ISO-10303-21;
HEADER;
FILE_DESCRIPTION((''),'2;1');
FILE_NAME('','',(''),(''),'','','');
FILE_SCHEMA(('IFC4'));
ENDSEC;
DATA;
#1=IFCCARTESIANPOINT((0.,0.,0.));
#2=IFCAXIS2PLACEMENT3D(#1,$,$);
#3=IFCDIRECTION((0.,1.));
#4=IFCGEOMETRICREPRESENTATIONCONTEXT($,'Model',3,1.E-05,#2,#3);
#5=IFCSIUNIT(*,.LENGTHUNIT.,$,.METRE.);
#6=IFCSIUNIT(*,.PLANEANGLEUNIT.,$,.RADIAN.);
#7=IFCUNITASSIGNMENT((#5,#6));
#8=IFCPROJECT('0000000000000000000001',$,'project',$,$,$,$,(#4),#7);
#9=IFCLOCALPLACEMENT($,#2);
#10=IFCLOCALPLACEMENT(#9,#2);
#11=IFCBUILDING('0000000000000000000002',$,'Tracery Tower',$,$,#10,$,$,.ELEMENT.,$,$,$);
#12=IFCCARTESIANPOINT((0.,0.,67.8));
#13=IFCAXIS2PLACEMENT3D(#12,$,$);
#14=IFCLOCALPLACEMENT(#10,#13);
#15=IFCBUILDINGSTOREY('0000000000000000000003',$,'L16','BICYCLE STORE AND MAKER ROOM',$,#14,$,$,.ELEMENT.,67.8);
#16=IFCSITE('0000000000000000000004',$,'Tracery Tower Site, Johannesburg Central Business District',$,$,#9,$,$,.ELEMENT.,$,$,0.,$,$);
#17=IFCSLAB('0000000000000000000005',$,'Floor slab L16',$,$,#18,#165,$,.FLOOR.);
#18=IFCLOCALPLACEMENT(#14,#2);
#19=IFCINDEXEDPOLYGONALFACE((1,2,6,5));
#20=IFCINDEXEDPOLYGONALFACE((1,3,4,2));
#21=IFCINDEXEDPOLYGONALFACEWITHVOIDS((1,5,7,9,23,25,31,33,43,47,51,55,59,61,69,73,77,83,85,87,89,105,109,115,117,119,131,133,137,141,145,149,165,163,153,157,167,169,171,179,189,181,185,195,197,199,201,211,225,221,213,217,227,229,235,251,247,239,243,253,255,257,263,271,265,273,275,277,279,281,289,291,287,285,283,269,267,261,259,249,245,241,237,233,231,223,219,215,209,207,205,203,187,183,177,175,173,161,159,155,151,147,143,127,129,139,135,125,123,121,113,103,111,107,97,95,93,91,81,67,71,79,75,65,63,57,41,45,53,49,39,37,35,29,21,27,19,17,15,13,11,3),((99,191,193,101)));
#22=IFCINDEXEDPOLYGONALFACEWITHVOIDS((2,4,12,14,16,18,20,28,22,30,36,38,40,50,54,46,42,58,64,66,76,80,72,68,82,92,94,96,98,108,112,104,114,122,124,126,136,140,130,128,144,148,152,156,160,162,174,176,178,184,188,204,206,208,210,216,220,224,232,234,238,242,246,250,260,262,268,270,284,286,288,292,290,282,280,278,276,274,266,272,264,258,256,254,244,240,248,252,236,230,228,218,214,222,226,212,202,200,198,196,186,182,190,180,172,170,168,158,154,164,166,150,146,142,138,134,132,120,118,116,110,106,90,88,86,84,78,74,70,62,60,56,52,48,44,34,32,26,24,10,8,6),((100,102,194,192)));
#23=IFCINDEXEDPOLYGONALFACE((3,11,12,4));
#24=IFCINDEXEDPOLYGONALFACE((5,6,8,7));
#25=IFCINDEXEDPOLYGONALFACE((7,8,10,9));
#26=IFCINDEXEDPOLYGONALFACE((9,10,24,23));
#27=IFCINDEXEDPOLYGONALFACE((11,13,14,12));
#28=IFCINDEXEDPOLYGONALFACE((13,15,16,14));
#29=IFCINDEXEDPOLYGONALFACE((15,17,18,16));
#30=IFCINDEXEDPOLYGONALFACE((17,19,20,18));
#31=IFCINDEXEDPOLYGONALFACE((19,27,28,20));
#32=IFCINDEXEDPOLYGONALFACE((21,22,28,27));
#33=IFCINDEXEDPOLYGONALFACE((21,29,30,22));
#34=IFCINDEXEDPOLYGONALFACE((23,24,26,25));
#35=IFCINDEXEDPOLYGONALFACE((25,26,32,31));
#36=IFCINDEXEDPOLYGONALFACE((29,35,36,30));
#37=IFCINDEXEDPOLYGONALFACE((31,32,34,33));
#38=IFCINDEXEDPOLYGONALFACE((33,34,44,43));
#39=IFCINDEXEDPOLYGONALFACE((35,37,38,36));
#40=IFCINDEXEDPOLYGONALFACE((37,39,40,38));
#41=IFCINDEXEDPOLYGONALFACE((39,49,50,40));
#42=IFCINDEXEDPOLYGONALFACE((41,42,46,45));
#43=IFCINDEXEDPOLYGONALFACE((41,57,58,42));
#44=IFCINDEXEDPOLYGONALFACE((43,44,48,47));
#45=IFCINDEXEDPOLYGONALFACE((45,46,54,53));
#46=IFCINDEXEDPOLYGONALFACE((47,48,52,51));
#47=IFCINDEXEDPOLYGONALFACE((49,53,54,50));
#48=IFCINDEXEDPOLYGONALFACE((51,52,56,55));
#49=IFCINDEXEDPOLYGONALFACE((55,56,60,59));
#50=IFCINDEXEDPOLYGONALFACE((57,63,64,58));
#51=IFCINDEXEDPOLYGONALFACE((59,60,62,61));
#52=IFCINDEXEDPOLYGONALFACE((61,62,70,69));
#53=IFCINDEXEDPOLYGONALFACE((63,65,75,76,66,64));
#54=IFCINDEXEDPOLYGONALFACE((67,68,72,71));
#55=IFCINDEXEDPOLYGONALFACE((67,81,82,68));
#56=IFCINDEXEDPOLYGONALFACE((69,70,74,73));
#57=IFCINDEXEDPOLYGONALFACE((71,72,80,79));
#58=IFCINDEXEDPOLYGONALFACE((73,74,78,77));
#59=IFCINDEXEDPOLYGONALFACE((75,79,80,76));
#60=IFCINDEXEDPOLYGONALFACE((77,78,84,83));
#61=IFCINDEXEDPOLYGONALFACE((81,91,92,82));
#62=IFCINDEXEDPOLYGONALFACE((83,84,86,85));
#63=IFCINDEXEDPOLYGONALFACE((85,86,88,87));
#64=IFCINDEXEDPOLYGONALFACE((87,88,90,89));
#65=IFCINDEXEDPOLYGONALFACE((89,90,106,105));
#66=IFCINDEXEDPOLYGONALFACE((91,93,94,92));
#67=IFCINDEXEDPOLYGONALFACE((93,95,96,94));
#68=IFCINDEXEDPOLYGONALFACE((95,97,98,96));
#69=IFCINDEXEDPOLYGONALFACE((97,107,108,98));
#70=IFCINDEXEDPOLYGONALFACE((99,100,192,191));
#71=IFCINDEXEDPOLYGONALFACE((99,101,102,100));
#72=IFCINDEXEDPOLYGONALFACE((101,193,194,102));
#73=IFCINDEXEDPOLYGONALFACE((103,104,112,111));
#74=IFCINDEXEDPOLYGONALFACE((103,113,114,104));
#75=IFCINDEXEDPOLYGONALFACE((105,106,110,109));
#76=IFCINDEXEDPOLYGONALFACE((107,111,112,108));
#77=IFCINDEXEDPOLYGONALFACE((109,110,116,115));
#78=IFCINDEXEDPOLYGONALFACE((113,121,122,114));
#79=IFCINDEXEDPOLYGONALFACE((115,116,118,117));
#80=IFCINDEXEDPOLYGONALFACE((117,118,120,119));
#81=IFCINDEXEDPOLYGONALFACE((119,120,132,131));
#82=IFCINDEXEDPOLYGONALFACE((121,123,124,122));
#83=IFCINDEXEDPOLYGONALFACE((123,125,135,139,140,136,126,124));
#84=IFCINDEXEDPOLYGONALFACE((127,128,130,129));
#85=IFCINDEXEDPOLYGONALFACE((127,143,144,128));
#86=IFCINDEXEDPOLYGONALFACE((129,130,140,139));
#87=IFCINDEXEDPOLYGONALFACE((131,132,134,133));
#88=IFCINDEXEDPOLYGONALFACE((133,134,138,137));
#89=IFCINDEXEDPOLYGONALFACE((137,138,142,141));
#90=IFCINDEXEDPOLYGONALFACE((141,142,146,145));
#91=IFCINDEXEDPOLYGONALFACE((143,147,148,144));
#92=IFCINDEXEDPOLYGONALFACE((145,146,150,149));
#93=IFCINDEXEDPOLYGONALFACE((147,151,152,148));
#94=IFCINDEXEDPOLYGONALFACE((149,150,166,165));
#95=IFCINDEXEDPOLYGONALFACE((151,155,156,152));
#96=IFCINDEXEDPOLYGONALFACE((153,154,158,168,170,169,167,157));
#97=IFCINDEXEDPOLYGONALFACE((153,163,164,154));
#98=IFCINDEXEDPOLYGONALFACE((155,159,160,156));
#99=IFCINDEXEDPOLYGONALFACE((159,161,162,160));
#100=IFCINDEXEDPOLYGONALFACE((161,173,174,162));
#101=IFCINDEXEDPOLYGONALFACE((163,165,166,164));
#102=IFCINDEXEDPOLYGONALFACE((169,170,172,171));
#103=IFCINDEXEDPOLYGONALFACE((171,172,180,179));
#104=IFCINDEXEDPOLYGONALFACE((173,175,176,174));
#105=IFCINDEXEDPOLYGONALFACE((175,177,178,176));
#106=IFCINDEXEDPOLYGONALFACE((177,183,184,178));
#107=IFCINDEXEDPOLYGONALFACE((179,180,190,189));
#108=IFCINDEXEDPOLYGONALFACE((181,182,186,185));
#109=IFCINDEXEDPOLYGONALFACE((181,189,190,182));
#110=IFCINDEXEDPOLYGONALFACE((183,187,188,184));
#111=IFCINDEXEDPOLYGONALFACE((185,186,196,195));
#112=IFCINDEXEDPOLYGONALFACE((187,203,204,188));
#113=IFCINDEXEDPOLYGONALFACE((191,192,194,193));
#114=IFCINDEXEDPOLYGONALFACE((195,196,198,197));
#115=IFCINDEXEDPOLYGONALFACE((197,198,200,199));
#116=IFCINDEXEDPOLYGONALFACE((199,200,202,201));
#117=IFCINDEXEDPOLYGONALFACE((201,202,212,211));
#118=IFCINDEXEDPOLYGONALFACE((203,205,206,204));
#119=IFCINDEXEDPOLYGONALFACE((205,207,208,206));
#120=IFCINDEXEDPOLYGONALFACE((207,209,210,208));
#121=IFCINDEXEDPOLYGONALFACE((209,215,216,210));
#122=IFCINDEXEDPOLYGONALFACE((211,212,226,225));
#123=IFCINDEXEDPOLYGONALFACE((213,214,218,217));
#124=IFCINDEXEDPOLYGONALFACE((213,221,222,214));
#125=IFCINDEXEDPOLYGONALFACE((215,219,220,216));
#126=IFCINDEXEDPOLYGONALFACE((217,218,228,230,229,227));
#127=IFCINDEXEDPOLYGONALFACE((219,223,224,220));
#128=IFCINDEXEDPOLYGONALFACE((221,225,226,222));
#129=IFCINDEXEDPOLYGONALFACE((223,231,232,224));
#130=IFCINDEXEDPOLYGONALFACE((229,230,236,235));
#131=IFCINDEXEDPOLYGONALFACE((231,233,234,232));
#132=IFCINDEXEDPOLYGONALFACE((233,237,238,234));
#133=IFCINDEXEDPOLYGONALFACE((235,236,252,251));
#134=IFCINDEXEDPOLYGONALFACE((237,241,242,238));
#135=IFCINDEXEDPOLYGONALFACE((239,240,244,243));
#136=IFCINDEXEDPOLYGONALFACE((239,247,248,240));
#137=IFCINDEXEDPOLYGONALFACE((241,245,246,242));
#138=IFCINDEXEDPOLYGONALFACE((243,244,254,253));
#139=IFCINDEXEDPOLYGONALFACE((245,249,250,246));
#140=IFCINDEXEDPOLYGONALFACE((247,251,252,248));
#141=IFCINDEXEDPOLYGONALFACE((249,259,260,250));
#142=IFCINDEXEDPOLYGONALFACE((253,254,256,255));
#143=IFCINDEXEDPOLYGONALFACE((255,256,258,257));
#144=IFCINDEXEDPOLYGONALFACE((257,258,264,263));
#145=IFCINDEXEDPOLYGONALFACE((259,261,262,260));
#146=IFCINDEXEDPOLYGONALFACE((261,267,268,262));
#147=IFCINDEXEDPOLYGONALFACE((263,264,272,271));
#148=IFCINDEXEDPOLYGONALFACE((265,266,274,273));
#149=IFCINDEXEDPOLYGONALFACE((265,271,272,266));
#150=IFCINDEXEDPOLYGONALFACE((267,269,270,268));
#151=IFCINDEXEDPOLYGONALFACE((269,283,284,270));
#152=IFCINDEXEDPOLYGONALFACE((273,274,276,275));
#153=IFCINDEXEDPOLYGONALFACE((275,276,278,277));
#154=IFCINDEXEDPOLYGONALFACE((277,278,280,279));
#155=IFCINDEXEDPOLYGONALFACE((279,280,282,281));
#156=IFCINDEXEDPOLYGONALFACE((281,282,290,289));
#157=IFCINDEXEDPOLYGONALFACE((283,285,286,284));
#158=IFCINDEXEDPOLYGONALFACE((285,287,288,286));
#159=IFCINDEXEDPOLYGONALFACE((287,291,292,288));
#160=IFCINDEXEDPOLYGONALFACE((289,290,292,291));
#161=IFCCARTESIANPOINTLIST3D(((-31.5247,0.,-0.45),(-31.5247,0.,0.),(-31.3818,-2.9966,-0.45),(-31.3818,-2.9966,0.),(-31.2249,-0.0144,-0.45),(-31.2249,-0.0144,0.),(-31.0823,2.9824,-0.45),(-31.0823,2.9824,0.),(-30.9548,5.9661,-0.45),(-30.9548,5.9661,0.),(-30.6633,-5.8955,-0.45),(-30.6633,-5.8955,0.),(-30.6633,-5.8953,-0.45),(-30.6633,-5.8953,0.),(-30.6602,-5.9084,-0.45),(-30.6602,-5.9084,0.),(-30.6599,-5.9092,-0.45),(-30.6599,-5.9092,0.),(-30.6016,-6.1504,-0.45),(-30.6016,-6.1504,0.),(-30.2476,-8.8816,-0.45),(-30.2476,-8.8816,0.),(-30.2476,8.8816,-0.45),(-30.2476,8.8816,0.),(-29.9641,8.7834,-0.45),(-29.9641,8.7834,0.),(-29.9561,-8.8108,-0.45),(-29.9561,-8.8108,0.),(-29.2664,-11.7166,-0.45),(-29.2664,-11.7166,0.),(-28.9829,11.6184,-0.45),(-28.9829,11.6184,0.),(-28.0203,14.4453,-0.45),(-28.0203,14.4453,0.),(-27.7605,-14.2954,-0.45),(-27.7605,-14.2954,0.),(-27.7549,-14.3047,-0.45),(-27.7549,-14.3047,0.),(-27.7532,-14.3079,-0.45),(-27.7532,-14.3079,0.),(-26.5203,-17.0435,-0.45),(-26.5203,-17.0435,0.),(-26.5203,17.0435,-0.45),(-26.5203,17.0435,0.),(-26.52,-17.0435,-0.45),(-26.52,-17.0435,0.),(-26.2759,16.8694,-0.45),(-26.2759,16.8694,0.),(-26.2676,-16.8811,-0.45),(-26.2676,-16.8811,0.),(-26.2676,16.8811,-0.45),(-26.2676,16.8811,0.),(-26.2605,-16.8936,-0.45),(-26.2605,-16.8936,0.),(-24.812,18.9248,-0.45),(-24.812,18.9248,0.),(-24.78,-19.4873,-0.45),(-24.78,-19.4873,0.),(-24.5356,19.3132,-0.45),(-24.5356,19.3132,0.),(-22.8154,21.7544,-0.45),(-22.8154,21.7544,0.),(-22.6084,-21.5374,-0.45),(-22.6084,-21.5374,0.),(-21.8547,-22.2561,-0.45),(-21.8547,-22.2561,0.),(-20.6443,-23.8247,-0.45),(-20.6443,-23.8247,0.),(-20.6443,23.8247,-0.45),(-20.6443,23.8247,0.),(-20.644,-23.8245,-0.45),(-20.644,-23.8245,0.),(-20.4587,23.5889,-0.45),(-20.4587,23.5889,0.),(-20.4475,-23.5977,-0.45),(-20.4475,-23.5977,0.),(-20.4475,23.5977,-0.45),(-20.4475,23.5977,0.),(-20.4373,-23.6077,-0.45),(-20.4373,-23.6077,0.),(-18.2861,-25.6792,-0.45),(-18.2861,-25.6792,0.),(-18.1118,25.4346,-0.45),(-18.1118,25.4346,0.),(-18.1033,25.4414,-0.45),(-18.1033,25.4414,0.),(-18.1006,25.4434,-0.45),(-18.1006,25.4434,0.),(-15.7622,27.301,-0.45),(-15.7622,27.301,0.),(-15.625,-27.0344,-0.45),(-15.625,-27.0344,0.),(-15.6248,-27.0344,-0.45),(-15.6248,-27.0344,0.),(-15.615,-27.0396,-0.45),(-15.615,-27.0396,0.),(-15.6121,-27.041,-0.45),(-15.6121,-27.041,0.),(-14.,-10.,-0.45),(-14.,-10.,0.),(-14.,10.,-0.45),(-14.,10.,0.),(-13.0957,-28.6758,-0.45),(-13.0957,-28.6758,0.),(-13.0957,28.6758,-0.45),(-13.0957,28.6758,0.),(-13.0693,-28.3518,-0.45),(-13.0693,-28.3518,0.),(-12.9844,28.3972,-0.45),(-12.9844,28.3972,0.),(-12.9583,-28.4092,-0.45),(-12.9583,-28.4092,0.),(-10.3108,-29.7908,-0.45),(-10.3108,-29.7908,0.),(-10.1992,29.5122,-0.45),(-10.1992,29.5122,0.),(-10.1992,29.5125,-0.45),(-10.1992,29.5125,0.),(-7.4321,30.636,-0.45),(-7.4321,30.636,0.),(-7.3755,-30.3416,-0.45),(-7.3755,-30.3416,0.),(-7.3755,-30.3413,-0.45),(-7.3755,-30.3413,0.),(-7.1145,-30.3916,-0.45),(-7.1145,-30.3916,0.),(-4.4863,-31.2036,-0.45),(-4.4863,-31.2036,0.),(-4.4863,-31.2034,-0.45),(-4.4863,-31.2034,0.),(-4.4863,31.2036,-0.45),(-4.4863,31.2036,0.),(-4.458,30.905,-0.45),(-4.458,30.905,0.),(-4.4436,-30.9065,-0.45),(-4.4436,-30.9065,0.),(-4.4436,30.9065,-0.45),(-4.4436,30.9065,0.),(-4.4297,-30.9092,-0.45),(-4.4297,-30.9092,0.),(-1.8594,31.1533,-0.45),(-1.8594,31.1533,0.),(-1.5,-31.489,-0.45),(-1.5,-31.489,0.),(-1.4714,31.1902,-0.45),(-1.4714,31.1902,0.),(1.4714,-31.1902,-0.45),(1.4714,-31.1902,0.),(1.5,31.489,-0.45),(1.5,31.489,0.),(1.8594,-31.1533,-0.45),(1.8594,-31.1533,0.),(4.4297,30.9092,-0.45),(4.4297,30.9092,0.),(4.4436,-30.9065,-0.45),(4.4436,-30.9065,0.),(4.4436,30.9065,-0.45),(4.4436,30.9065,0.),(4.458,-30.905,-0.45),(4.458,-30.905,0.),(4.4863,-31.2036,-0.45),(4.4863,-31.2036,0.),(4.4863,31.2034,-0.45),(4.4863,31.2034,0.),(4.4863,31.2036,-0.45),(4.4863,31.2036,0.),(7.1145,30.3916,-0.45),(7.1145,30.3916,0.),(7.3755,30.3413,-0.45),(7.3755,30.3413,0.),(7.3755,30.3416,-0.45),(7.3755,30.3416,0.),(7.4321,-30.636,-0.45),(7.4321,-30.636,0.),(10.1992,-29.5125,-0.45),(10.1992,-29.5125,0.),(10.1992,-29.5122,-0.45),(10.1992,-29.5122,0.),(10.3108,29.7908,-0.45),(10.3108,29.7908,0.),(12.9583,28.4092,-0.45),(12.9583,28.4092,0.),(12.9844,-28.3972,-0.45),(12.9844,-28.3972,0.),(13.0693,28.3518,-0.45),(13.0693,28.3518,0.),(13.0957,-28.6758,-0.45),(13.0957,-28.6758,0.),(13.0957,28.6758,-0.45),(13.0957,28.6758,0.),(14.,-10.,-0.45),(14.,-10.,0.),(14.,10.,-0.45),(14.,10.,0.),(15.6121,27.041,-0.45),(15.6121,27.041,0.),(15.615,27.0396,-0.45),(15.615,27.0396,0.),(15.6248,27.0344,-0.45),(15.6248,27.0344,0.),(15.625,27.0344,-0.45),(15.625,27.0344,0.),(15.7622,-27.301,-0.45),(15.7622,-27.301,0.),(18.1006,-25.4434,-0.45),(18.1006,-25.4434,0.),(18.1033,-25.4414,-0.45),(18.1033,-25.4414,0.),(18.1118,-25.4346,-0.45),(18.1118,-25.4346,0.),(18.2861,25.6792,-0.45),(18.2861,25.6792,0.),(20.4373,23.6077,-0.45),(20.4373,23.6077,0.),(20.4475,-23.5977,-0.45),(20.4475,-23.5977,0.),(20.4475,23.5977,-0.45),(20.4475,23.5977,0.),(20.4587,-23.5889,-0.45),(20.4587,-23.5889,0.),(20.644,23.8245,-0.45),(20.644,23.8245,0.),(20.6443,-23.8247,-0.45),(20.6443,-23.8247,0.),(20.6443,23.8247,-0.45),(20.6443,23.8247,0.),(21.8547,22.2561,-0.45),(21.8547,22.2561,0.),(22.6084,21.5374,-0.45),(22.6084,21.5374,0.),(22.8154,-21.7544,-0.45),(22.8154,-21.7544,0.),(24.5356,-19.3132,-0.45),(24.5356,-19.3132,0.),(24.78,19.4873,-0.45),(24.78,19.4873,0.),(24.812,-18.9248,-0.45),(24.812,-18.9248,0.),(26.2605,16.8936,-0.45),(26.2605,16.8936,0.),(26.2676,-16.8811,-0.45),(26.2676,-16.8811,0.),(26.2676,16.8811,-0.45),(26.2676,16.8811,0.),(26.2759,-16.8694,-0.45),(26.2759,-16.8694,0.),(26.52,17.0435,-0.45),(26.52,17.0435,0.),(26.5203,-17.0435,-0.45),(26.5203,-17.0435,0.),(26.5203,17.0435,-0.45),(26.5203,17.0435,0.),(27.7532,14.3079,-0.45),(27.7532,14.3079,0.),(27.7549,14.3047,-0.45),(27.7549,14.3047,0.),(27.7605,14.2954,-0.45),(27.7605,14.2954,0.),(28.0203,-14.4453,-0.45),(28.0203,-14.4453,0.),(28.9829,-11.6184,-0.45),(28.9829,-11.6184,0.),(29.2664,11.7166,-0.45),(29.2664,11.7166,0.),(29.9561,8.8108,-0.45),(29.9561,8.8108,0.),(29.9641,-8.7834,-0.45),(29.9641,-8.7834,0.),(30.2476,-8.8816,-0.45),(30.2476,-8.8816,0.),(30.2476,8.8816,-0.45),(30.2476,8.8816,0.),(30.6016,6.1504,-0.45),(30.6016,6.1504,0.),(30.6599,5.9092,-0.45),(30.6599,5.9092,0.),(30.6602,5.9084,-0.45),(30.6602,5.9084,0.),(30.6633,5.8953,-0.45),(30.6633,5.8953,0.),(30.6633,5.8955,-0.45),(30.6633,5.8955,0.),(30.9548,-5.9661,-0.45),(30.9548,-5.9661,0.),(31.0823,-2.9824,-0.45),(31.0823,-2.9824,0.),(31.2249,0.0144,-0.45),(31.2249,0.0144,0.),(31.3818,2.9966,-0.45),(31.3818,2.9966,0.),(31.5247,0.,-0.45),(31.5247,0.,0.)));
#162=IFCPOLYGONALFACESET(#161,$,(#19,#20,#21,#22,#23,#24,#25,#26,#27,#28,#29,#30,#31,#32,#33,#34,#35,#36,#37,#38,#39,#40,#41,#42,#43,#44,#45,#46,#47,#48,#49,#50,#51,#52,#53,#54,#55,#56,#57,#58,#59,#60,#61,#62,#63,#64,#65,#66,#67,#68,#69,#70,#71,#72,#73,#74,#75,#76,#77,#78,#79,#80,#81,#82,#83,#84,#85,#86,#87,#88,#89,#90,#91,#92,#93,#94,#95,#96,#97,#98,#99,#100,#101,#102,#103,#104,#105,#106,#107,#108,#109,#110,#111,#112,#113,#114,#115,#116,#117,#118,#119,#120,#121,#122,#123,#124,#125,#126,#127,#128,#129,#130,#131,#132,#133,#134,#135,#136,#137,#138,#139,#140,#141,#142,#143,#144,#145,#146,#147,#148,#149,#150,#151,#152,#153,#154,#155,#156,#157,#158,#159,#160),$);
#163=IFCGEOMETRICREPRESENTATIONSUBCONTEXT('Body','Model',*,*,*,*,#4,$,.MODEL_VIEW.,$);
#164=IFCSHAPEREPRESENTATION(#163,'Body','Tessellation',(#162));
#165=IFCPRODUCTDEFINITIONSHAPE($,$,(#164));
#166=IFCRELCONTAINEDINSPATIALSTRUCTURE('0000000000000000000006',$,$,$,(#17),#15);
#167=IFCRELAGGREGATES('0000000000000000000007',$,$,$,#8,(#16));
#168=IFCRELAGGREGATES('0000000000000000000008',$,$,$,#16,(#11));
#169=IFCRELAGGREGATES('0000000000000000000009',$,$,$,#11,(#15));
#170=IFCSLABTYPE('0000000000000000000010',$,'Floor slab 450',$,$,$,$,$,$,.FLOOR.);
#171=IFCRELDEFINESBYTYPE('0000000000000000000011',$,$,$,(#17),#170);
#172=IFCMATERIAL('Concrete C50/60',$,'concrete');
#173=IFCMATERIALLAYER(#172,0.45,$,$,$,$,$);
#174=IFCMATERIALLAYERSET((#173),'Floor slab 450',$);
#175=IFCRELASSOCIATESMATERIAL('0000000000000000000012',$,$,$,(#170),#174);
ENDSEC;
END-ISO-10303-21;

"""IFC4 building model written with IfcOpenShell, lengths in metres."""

from ifc_helpers import new_model, si_unit, direction, frame, origin, place, context, subcontext, project, spatial, polyline, outline, extrude, material, layer, layer_set, type_object, element, save


model = new_model("IFC4")

# Units and contexts
model_context = context("Model", 3, precision=1e-05, world=origin(), true_north=direction((0.0, 1.0)))
body_context = subcontext(model_context, "Body", "Model", "MODEL_VIEW")
ifc_project = project(units=[si_unit("LENGTHUNIT", "METRE"), si_unit("PLANEANGLEUNIT", "RADIAN")], contexts=[model_context])

# Site, building, storey
site_placement = place(None, origin())
site = spatial("IfcSite", under=ifc_project, at=site_placement, Name="Tracery Tower Site, Johannesburg Central Business District", CompositionType="ELEMENT", RefElevation=0.0)
building_placement = place(site_placement, origin())
building = spatial("IfcBuilding", under=site, at=building_placement, Name="Tracery Tower", CompositionType="ELEMENT")
storey_placement = place(building_placement, frame((0.0, 0.0, 67.8)))
storey = spatial("IfcBuildingStorey", under=building, at=storey_placement, Name="L16", Description="BICYCLE STORE AND MAKER ROOM", CompositionType="ELEMENT", Elevation=67.8)

# Slab
ifc_material_1 = material(Name="Concrete C50/60", Category="concrete")
ifc_layer_1 = layer(ifc_material_1, 0.45)
ifc_layer_set_1 = layer_set([ifc_layer_1], Name="Floor slab 450")
slab_type_1 = type_object("IfcSlabType", Name="Floor slab 450", PredefinedType="FLOOR", material=ifc_layer_set_1)
slab_1_placement = place(storey_placement, frame((0.0, 0.0, -0.45)))
element("IfcSlab", 1, at=slab_1_placement, inside=storey, type_object=slab_type_1, Name="Floor slab L16", PredefinedType="FLOOR", context=body_context, shape_type="SweptSolid", body=[
    extrude(outline(polyline([(30.6633, 5.8955), (30.6633, 5.8953), (30.6602, 5.9084), (30.6599, 5.9092), (30.6016, 6.1504), (29.9561, 8.8108), (30.2476, 8.8816), (30.2476, 8.8816), (29.2664, 11.7166), (27.7605, 14.2954), (27.7605, 14.2954), (27.7549, 14.3047), (27.7532, 14.3079), (26.2676, 16.8811), (26.2676, 16.8811), (26.2605, 16.8936), (26.52, 17.0435), (26.5203, 17.0435), (24.78, 19.4873), (22.6084, 21.5374), (22.6084, 21.5374), (21.8547, 22.2561), (20.4475, 23.5977), (20.4475, 23.5977), (20.4373, 23.6077), (20.644, 23.8245), (20.6443, 23.8247), (18.2861, 25.6792), (15.625, 27.0344), (15.6248, 27.0344), (15.615, 27.0396), (15.6121, 27.041), (13.0693, 28.3518), (12.9583, 28.4092), (13.0957, 28.6758), (10.3108, 29.7908), (7.3755, 30.3416), (7.3755, 30.3413), (7.1145, 30.3916), (4.4436, 30.9065), (4.4436, 30.9065), (4.4297, 30.9092), (4.4863, 31.2034), (4.4863, 31.2036), (1.5, 31.489), (-1.4714, 31.1902), (-1.4714, 31.1902), (-1.8594, 31.1533), (-4.4436, 30.9065), (-4.4436, 30.9065), (-4.458, 30.905), (-4.4863, 31.2036), (-7.4321, 30.636), (-10.1992, 29.5125), (-10.1992, 29.5122), (-12.9844, 28.3972), (-13.0957, 28.6758), (-13.0957, 28.6758), (-15.7622, 27.301), (-18.1006, 25.4434), (-18.1006, 25.4434), (-18.1033, 25.4414), (-18.1118, 25.4346), (-20.4475, 23.5977), (-20.4475, 23.5977), (-20.4587, 23.5889), (-20.6443, 23.8247), (-22.8154, 21.7544), (-24.5356, 19.3132), (-24.5356, 19.3132), (-24.812, 18.9248), (-26.2676, 16.8811), (-26.2676, 16.8811), (-26.2759, 16.8694), (-26.5203, 17.0435), (-28.0203, 14.4453), (-28.9829, 11.6184), (-28.9829, 11.6184), (-29.9641, 8.7834), (-30.2476, 8.8816), (-30.9548, 5.9661), (-31.0823, 2.9824), (-31.0823, 2.9824), (-31.2249, -0.0144), (-31.5247, 0.0), (-31.5247, 0.0), (-31.3818, -2.9966), (-30.6633, -5.8955), (-30.6633, -5.8953), (-30.6602, -5.9084), (-30.6599, -5.9092), (-30.6016, -6.1504), (-29.9561, -8.8108), (-30.2476, -8.8816), (-30.2476, -8.8816), (-29.2664, -11.7166), (-27.7605, -14.2954), (-27.7605, -14.2954), (-27.7549, -14.3047), (-27.7532, -14.3079), (-26.2676, -16.8811), (-26.2676, -16.8811), (-26.2605, -16.8936), (-26.52, -17.0435), (-26.5203, -17.0435), (-24.78, -19.4873), (-22.6084, -21.5374), (-22.6084, -21.5374), (-21.8547, -22.2561), (-20.4475, -23.5977), (-20.4475, -23.5977), (-20.4373, -23.6077), (-20.644, -23.8245), (-20.6443, -23.8247), (-18.2861, -25.6792), (-15.625, -27.0344), (-15.6248, -27.0344), (-15.615, -27.0396), (-15.6121, -27.041), (-13.0693, -28.3518), (-12.9583, -28.4092), (-13.0957, -28.6758), (-10.3108, -29.7908), (-7.3755, -30.3416), (-7.3755, -30.3413), (-7.1145, -30.3916), (-4.4436, -30.9065), (-4.4436, -30.9065), (-4.4297, -30.9092), (-4.4863, -31.2034), (-4.4863, -31.2036), (-1.5, -31.489), (1.4714, -31.1902), (1.4714, -31.1902), (1.8594, -31.1533), (4.4436, -30.9065), (4.4436, -30.9065), (4.458, -30.905), (4.4863, -31.2036), (7.4321, -30.636), (10.1992, -29.5125), (10.1992, -29.5122), (12.9844, -28.3972), (13.0957, -28.6758), (13.0957, -28.6758), (15.7622, -27.301), (18.1006, -25.4434), (18.1006, -25.4434), (18.1033, -25.4414), (18.1118, -25.4346), (20.4475, -23.5977), (20.4475, -23.5977), (20.4587, -23.5889), (20.6443, -23.8247), (22.8154, -21.7544), (24.5356, -19.3132), (24.5356, -19.3132), (24.812, -18.9248), (26.2676, -16.8811), (26.2676, -16.8811), (26.2759, -16.8694), (26.5203, -17.0435), (28.0203, -14.4453), (28.9829, -11.6184), (28.9829, -11.6184), (29.9641, -8.7834), (30.2476, -8.8816), (30.9548, -5.9661), (31.0823, -2.9824), (31.0823, -2.9824), (31.2249, 0.0144), (31.5247, 0.0), (31.3818, 2.9966), (30.6633, 5.8955)]), holes=[polyline([(-14.0, -10.0), (14.0, -10.0), (14.0, 10.0), (-14.0, 10.0), (-14.0, -10.0)])]), origin(), (0.0, 0.0, 1.0), 0.45),
])

save(model, "model.ifc")
